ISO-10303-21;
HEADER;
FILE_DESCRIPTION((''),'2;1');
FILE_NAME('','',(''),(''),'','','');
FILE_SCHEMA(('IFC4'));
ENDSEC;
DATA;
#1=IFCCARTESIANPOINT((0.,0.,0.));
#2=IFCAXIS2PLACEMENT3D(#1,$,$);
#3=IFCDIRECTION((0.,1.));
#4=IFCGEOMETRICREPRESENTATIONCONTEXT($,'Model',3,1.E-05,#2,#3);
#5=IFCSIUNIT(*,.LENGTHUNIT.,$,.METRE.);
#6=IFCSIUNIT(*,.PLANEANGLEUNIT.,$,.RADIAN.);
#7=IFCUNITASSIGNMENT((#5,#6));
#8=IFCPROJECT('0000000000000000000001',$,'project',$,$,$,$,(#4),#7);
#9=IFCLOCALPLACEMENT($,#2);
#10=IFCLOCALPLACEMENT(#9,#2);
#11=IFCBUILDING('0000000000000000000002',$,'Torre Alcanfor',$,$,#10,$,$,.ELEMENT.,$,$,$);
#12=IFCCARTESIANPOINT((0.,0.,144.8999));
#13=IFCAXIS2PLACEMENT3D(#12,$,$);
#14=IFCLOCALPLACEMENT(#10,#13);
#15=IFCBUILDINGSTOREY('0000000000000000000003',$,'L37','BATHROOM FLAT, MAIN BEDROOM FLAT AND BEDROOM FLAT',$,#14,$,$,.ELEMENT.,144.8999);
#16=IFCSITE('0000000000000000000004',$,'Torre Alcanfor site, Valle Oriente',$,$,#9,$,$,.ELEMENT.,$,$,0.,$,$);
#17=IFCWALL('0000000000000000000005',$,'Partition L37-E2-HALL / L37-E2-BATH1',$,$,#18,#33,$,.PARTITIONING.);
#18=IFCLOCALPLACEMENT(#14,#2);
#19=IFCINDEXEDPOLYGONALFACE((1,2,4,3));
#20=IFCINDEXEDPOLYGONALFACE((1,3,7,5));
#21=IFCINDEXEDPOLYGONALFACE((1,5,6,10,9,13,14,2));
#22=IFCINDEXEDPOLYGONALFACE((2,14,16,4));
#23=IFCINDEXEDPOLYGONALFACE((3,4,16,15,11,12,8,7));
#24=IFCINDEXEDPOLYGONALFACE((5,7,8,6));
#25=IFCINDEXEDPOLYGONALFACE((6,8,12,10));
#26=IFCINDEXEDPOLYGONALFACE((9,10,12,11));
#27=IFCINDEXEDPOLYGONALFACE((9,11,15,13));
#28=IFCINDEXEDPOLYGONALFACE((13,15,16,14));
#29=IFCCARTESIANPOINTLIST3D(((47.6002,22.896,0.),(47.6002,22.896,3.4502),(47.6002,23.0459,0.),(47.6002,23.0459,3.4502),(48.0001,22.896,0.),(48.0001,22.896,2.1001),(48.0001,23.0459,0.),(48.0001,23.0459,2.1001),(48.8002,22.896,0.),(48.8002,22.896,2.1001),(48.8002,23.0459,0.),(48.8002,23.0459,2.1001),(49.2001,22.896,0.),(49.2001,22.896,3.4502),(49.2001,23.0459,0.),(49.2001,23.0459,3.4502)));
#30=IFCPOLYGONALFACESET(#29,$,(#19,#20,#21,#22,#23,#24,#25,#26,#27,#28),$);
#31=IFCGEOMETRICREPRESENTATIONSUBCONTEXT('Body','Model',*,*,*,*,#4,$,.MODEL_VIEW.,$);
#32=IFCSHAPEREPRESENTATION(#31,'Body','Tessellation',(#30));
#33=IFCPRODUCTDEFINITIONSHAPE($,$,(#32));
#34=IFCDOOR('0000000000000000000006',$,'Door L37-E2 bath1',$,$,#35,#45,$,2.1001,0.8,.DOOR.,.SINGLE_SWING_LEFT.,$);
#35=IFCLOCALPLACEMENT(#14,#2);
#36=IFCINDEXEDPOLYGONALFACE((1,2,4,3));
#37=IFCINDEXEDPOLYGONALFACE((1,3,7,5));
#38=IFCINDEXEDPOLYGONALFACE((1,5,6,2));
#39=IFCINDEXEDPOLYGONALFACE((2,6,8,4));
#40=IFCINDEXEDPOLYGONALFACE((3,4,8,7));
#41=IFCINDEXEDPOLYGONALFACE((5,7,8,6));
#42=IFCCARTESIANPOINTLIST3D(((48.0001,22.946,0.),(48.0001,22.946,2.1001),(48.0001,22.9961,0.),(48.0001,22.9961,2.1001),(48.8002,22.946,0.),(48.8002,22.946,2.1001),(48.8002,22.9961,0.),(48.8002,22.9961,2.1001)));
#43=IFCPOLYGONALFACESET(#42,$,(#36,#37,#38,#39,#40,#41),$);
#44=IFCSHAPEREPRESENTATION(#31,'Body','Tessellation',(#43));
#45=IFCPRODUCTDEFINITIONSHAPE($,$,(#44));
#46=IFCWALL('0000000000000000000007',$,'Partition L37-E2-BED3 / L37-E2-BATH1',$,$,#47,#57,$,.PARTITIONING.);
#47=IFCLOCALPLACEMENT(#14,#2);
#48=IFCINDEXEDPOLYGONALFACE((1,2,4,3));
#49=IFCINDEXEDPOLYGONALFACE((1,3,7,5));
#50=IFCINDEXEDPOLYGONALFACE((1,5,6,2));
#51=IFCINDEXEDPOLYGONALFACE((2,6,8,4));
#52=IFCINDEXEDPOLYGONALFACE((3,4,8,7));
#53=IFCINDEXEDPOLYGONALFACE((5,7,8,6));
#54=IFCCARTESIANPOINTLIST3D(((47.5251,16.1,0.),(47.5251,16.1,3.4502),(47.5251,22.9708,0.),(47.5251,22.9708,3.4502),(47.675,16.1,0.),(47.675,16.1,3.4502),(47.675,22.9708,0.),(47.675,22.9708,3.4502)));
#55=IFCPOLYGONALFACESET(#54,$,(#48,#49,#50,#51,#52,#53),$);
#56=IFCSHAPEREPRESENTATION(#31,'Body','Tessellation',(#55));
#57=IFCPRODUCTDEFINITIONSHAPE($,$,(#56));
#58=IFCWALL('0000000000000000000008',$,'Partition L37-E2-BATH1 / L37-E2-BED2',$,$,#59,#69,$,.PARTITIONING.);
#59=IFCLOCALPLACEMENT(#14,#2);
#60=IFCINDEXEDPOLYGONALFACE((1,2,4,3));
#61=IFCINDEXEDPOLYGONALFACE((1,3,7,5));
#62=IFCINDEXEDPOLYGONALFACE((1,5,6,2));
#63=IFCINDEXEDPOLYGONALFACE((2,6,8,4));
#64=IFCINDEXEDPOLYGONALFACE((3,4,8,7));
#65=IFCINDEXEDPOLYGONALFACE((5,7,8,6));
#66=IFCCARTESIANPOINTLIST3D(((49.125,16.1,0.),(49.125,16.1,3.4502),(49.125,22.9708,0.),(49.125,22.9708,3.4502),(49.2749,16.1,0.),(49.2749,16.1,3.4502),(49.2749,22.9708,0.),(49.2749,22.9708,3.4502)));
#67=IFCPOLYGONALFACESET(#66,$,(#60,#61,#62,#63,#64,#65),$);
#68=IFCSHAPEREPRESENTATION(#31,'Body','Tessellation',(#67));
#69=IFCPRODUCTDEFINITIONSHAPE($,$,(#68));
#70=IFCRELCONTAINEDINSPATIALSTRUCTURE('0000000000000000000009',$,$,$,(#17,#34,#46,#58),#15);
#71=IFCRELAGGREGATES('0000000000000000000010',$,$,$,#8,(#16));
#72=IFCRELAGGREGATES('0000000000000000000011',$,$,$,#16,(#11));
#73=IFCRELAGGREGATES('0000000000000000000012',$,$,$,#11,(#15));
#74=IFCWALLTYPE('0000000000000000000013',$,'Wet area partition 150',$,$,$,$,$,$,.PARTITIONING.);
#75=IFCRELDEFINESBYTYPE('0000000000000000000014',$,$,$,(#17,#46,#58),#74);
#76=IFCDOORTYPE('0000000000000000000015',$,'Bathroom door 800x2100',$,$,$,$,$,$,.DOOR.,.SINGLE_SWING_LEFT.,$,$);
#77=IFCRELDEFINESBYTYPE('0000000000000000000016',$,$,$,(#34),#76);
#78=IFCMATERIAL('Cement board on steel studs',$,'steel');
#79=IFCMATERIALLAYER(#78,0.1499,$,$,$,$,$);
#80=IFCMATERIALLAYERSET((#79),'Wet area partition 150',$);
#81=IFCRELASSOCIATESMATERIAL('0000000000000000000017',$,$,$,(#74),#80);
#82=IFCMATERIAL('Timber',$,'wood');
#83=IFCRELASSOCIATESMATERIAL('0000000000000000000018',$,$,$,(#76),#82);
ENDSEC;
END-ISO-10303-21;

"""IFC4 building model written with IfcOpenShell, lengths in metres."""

from ifc_helpers import new_model, si_unit, direction, frame, frame_2d, origin, place, context, subcontext, project, spatial, rectangle, extrude, material, layer, layer_set, type_object, element, fill, save


model = new_model("IFC4")

# Units and contexts
model_context = context("Model", 3, precision=1e-05, world=origin(), true_north=direction((0.0, 1.0)))
body_context = subcontext(model_context, "Body", "Model", "MODEL_VIEW")
ifc_project = project(units=[si_unit("LENGTHUNIT", "METRE"), si_unit("PLANEANGLEUNIT", "RADIAN")], contexts=[model_context])

# Site, building, storey
site_placement = place(None, origin())
site = spatial("IfcSite", under=ifc_project, at=site_placement, Name="Torre Alcanfor site, Valle Oriente", CompositionType="ELEMENT", RefElevation=0.0)
building_placement = place(site_placement, origin())
building = spatial("IfcBuilding", under=site, at=building_placement, Name="Torre Alcanfor", CompositionType="ELEMENT")
storey_placement = place(building_placement, frame((0.0, 0.0, 144.8999)))
storey = spatial("IfcBuildingStorey", under=building, at=storey_placement, Name="L37", Description="BATHROOM FLAT, MAIN BEDROOM FLAT AND BEDROOM FLAT", CompositionType="ELEMENT", Elevation=144.8999)

# Wall, opening, door
ifc_material_1 = material(Name="Cement board on steel studs", Category="steel")
ifc_layer_1 = layer(ifc_material_1, 0.1499)
ifc_layer_set_1 = layer_set([ifc_layer_1], Name="Wet area partition 150")
wall_type_1 = type_object("IfcWallType", Name="Wet area partition 150", PredefinedType="PARTITIONING", material=ifc_layer_set_1)
wall_1_placement = place(storey_placement, frame((49.2, 22.9709, 0.0), z_axis=(0.0, 0.0, 1.0), x_axis=(-1.0, 0.0, 0.0)))
wall_1 = element("IfcWall", 1, at=wall_1_placement, inside=storey, type_object=wall_type_1, Name="Partition L37-E2-HALL / L37-E2-BATH1", PredefinedType="PARTITIONING", context=body_context, shape_type="SweptSolid", body=[
    extrude(rectangle(XDim=1.5999, YDim=0.1499, at=frame_2d((0.7998, 0.0))), origin(), (0.0, 0.0, 1.0), 3.4502),
])
opening_1_placement = place(wall_1_placement, frame((0.3999, 0.0, 0.0)))
opening_1 = element("IfcOpeningElement", 2, at=opening_1_placement, cuts=wall_1, PredefinedType="OPENING", context=body_context, shape_type="SweptSolid", body=[
    extrude(rectangle(XDim=0.8, YDim=2.1001, at=frame_2d((0.3999, 1.05))), frame((0.0, 0.085, 0.0), z_axis=(0.0, -1.0, 0.0), x_axis=(1.0, 0.0, 0.0)), (0.0, 0.0, 1.0), 0.1699),
])
ifc_material_2 = material(Name="Timber", Category="wood")
door_type_1 = type_object("IfcDoorType", Name="Bathroom door 800x2100", OperationType="SINGLE_SWING_LEFT", PredefinedType="DOOR", material=ifc_material_2)
door_1_placement = place(opening_1_placement, origin())
door_1 = element("IfcDoor", 3, at=door_1_placement, inside=storey, type_object=door_type_1, Name="Door L37-E2 bath1", OperationType="SINGLE_SWING_LEFT", OverallHeight=2.1001, OverallWidth=0.8, PredefinedType="DOOR", context=body_context, shape_type="SweptSolid", body=[
    extrude(rectangle(XDim=0.8, YDim=2.1001, at=frame_2d((0.3999, 1.05))), frame((0.0, 0.0249, 0.0), z_axis=(0.0, -1.0, 0.0), x_axis=(1.0, 0.0, 0.0)), (0.0, 0.0, 1.0), 0.05),
])
fill(opening_1, door_1)

# Walls
for number, where, z_axis, x_axis, name in (
    (4, (47.6001, 22.9709, 0.0), (0.0, 0.0, 1.0), (0.0, -1.0, 0.0), "Partition L37-E2-BED3 / L37-E2-BATH1"),
    (5, (49.2, 22.9709, 0.0), (0.0, 0.0, 1.0), (0.0, -1.0, 0.0), "Partition L37-E2-BATH1 / L37-E2-BED2"),
):
    element("IfcWall", number, at=place(storey_placement, frame(where, z_axis=z_axis, x_axis=x_axis)), inside=storey, type_object=wall_type_1, Name=name, PredefinedType="PARTITIONING", context=body_context, shape_type="SweptSolid", body=[
        extrude(rectangle(XDim=6.8708, YDim=0.1499, at=frame_2d((3.4355, 0.0))), origin(), (0.0, 0.0, 1.0), 3.4502),
    ])

save(model, "model.ifc")
